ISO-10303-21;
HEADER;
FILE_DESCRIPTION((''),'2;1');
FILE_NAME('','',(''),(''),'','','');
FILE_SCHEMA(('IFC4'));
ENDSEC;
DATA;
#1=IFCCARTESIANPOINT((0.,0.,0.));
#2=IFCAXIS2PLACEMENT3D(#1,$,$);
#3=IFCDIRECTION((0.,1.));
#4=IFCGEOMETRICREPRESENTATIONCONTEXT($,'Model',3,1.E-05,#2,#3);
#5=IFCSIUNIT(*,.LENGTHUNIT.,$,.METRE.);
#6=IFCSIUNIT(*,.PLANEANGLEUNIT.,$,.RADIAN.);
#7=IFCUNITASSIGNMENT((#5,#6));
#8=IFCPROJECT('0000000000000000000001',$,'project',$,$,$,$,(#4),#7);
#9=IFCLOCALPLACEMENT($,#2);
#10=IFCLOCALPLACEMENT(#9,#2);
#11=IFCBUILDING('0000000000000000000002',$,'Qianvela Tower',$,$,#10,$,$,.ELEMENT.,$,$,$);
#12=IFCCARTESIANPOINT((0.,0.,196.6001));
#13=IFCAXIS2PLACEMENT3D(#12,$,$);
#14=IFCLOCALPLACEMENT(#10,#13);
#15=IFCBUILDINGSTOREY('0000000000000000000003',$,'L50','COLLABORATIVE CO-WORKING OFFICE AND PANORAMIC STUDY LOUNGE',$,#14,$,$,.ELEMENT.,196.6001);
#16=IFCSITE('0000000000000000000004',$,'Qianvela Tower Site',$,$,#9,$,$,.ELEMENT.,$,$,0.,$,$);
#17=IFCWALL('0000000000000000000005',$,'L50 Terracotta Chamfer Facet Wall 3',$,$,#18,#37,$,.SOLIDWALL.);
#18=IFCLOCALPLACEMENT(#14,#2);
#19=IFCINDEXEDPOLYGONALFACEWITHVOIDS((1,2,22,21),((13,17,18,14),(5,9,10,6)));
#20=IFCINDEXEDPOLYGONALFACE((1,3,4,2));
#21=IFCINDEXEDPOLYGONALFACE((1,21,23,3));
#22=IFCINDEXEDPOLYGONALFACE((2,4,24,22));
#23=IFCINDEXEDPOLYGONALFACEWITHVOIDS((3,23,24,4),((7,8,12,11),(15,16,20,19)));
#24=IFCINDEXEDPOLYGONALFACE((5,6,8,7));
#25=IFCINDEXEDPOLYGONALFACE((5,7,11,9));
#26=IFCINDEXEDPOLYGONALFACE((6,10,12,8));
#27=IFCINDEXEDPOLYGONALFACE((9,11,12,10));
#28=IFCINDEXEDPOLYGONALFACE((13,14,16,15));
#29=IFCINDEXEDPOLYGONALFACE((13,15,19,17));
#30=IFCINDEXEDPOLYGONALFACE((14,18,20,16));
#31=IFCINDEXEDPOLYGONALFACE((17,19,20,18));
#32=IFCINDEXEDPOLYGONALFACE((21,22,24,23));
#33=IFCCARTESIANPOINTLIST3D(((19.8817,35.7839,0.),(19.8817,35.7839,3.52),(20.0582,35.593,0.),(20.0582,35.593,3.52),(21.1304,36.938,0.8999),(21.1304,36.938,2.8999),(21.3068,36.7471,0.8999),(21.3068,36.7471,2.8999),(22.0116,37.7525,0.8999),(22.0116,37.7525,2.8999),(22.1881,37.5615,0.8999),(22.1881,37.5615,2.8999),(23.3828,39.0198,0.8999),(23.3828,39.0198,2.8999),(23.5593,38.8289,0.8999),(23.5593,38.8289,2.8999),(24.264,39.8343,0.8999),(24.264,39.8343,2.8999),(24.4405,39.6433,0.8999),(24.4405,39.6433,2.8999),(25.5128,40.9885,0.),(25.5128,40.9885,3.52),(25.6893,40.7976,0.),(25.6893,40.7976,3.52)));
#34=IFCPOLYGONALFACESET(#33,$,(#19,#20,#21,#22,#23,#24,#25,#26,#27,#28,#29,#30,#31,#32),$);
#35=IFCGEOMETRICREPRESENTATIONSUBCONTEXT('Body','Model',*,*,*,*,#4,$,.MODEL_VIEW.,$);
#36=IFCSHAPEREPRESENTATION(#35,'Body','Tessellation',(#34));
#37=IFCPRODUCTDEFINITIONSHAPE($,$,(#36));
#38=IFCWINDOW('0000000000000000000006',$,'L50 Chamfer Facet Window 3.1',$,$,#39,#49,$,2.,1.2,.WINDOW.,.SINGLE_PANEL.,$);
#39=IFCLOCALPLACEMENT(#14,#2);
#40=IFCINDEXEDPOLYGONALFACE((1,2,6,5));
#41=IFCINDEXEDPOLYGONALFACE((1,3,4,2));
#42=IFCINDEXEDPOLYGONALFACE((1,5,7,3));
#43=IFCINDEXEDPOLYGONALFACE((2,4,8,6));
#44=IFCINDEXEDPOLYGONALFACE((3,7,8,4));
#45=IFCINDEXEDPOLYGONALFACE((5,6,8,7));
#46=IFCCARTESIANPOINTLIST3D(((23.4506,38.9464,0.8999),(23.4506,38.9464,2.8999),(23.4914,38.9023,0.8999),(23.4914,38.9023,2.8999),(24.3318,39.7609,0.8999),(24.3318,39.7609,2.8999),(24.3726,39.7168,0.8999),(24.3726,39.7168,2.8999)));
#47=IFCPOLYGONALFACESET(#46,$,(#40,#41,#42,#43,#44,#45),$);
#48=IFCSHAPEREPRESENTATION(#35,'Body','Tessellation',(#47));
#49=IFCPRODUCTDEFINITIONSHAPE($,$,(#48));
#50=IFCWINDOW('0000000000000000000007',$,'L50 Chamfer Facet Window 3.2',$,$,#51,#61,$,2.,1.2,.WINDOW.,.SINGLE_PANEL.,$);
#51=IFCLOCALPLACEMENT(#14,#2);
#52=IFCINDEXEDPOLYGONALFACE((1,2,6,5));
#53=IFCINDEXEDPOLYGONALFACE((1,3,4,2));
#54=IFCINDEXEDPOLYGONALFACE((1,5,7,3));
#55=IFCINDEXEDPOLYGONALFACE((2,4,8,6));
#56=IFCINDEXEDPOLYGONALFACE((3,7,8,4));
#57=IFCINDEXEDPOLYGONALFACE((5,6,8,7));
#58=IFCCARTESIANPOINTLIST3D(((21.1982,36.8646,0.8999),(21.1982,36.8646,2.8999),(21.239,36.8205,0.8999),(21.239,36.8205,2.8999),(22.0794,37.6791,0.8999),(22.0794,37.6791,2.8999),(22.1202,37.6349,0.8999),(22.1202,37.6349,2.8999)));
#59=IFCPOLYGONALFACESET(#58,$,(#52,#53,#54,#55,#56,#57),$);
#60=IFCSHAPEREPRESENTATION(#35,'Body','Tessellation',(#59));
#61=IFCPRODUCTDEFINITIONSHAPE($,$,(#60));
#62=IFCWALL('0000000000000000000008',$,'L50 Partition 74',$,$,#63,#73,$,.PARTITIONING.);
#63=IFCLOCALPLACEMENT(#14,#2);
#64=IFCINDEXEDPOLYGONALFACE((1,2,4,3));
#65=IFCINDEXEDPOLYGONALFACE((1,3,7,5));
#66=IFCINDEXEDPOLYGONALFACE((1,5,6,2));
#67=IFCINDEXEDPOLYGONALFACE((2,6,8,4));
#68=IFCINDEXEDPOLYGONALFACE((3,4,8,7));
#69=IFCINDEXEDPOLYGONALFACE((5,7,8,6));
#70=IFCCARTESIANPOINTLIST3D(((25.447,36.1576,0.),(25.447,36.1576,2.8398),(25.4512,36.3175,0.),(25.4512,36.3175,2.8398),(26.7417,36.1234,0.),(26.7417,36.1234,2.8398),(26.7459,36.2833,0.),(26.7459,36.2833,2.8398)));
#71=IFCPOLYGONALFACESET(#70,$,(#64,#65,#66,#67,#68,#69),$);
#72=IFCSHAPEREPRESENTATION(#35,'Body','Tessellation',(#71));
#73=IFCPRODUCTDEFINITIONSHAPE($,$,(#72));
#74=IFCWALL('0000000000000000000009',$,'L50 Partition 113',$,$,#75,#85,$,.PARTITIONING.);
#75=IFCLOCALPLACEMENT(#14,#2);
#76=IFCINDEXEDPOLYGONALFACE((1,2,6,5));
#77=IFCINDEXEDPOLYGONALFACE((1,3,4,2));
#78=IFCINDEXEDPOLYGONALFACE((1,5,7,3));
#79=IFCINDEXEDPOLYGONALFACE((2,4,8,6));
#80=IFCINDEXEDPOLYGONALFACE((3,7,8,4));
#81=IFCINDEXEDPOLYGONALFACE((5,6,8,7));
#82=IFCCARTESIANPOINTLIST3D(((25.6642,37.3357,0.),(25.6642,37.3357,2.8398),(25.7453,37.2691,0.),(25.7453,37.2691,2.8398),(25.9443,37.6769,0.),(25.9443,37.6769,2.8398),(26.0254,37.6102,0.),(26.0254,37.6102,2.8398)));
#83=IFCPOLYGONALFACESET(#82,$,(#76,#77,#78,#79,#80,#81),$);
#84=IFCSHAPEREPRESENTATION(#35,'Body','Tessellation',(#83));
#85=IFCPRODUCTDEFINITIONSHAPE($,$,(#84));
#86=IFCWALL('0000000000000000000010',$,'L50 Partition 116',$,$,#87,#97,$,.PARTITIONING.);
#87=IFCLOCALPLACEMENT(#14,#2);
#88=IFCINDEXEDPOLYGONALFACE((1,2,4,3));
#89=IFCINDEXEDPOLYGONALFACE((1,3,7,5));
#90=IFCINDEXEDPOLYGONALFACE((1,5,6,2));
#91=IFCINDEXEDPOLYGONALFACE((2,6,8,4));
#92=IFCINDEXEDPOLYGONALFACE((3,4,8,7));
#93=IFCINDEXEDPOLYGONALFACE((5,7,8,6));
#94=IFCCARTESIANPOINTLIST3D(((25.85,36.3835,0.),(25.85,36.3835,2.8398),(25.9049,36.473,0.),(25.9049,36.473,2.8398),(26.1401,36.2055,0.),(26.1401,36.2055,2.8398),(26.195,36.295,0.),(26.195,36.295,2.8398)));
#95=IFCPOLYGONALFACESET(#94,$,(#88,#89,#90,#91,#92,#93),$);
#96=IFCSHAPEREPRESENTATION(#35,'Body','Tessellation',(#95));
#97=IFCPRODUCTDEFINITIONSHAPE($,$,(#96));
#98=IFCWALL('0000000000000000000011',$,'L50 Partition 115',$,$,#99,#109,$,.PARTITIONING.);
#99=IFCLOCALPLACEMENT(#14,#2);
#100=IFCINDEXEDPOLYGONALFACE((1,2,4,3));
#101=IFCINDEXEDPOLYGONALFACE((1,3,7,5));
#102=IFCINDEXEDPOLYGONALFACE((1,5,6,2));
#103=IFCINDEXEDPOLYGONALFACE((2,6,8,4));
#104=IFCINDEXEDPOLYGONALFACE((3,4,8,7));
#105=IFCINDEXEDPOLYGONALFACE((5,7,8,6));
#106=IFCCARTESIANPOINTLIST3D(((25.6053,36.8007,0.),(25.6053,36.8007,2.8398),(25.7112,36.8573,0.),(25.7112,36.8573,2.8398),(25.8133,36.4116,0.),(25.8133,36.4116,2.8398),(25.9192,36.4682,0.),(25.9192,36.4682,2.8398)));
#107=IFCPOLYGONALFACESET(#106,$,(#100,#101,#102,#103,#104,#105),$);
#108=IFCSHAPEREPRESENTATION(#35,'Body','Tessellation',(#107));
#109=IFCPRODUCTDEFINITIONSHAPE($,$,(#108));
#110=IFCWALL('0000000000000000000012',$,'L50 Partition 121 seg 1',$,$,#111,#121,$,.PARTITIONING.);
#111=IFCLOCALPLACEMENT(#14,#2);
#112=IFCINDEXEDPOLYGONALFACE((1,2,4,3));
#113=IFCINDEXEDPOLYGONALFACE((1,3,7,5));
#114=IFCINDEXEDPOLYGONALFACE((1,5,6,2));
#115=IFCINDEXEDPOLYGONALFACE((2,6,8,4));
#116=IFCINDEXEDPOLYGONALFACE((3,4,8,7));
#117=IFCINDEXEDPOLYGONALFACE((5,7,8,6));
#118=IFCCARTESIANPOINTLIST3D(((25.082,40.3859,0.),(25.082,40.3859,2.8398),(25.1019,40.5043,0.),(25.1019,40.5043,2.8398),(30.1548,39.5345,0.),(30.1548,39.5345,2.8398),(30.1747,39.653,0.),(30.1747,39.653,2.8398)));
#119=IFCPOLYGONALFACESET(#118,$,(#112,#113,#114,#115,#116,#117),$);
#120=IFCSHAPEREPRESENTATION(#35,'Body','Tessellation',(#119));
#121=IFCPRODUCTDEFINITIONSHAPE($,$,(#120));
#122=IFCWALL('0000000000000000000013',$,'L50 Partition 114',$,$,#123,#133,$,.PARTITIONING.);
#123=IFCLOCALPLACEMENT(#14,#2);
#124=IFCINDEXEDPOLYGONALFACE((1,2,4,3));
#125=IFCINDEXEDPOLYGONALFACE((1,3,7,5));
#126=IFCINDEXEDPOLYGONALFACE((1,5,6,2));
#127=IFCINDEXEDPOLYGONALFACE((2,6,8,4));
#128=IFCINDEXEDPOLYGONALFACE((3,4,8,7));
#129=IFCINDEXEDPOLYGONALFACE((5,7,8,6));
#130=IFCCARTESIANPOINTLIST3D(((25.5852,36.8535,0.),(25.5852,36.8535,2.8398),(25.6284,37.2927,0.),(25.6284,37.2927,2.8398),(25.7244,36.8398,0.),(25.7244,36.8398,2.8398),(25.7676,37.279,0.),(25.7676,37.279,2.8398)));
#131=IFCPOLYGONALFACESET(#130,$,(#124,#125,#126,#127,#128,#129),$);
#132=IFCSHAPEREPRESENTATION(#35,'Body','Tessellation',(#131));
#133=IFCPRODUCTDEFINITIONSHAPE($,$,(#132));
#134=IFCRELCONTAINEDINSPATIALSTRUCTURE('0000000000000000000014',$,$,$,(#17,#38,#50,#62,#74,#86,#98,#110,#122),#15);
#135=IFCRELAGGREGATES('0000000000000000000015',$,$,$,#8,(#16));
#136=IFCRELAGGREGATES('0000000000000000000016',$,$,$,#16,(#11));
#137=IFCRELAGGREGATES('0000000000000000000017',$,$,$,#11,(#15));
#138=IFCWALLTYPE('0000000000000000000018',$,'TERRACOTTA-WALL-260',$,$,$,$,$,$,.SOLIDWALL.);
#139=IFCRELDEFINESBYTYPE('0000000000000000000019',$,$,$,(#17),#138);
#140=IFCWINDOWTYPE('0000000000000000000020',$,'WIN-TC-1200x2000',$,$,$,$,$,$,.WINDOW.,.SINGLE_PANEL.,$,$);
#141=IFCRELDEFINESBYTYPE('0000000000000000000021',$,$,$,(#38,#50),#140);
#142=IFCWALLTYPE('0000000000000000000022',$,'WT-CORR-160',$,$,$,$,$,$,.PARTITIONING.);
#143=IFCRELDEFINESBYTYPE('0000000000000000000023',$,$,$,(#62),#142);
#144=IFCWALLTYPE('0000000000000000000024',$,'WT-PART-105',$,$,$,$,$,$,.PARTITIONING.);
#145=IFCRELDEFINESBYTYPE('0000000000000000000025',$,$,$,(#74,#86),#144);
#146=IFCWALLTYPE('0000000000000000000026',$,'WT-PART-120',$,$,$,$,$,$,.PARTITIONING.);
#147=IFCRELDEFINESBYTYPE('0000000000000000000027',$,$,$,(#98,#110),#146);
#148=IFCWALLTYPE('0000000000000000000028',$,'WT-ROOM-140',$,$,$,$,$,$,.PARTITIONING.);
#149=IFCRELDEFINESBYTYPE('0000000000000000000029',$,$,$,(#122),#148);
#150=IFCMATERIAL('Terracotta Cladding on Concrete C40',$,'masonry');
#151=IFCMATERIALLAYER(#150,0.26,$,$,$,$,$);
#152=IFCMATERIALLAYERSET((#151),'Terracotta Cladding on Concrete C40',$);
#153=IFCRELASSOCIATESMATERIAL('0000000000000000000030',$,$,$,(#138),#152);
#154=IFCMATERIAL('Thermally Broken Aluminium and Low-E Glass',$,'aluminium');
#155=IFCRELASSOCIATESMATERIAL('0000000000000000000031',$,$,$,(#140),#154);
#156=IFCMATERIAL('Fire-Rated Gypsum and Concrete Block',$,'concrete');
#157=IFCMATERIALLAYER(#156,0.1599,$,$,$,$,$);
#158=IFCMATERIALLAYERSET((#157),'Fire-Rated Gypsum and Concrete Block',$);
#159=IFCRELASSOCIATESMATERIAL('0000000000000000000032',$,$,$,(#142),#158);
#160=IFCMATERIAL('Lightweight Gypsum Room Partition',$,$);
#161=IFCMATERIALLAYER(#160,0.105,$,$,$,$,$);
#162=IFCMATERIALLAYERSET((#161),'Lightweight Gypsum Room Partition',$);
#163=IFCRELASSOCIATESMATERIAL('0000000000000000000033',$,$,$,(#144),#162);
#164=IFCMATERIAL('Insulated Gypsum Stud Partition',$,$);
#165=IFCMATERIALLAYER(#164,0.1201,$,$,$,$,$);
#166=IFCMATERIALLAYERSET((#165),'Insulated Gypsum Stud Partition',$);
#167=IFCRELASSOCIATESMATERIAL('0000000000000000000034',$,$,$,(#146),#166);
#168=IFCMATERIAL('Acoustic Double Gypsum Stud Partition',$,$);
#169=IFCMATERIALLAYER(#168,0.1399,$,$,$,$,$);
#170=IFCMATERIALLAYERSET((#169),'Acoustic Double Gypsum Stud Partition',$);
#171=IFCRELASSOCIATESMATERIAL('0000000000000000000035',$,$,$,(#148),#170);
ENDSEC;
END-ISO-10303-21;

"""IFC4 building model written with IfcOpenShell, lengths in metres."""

from ifc_helpers import new_model, si_unit, direction, frame, frame_2d, origin, place, context, subcontext, project, spatial, rectangle, extrude, material, layer, layer_set, type_object, element, fill, save


model = new_model("IFC4")

# Units and contexts
model_context = context("Model", 3, precision=1e-05, world=origin(), true_north=direction((0.0, 1.0)))
body_context = subcontext(model_context, "Body", "Model", "MODEL_VIEW")
ifc_project = project(units=[si_unit("LENGTHUNIT", "METRE"), si_unit("PLANEANGLEUNIT", "RADIAN")], contexts=[model_context])

# Site, building, storey
site_placement = place(None, origin())
site = spatial("IfcSite", under=ifc_project, at=site_placement, Name="Qianvela Tower Site", CompositionType="ELEMENT", RefElevation=0.0)
building_placement = place(site_placement, origin())
building = spatial("IfcBuilding", under=site, at=building_placement, Name="Qianvela Tower", CompositionType="ELEMENT")
storey_placement = place(building_placement, frame((0.0, 0.0, 196.6001)))
storey = spatial("IfcBuildingStorey", under=building, at=storey_placement, Name="L50", Description="COLLABORATIVE CO-WORKING OFFICE AND PANORAMIC STUDY LOUNGE", CompositionType="ELEMENT", Elevation=196.6001)

# Wall, openings, windows
ifc_material_1 = material(Name="Terracotta Cladding on Concrete C40", Category="masonry")
ifc_layer_1 = layer(ifc_material_1, 0.26)
ifc_layer_set_1 = layer_set([ifc_layer_1], Name="Terracotta Cladding on Concrete C40")
wall_type_1 = type_object("IfcWallType", Name="TERRACOTTA-WALL-260", PredefinedType="SOLIDWALL", material=ifc_layer_set_1)
wall_1_placement = place(storey_placement, frame((25.6011, 40.8931, 0.0), z_axis=(0.0, 0.0, 1.0), x_axis=(-0.734371, -0.678748, 0.0)))
wall_1 = element("IfcWall", 1, at=wall_1_placement, inside=storey, type_object=wall_type_1, Name="L50 Terracotta Chamfer Facet Wall 3", PredefinedType="SOLIDWALL", context=body_context, shape_type="SweptSolid", body=[
    extrude(rectangle(XDim=7.668, YDim=0.26, at=frame_2d((3.834, 0.0))), origin(), (0.0, 0.0, 1.0), 3.52),
])
opening_1_placement = place(wall_1_placement, frame((1.7004, 0.0, 0.8999)))
opening_1 = element("IfcOpeningElement", 2, at=opening_1_placement, cuts=wall_1, PredefinedType="OPENING", context=body_context, shape_type="SweptSolid", body=[
    extrude(rectangle(XDim=1.2, YDim=2.0, at=frame_2d((0.6001, 1.0))), frame((0.0, 0.1399, 0.0), z_axis=(0.0, -1.0, 0.0), x_axis=(1.0, 0.0, 0.0)), (0.0, 0.0, 1.0), 0.28),
])
opening_2_placement = place(wall_1_placement, frame((4.7676, 0.0, 0.8999)))
opening_2 = element("IfcOpeningElement", 3, at=opening_2_placement, cuts=wall_1, PredefinedType="OPENING", context=body_context, shape_type="SweptSolid", body=[
    extrude(rectangle(XDim=1.2, YDim=2.0, at=frame_2d((0.6001, 1.0))), frame((0.0, 0.1399, 0.0), z_axis=(0.0, -1.0, 0.0), x_axis=(1.0, 0.0, 0.0)), (0.0, 0.0, 1.0), 0.28),
])
ifc_material_2 = material(Name="Thermally Broken Aluminium and Low-E Glass", Category="aluminium")
window_type = type_object("IfcWindowType", Name="WIN-TC-1200x2000", PartitioningType="SINGLE_PANEL", PredefinedType="WINDOW", material=ifc_material_2)
window_1_placement = place(opening_1_placement, origin())
window_1 = element("IfcWindow", 4, at=window_1_placement, inside=storey, type_object=window_type, Name="L50 Chamfer Facet Window 3.1", OverallHeight=2.0, OverallWidth=1.2, PartitioningType="SINGLE_PANEL", PredefinedType="WINDOW", context=body_context, shape_type="SweptSolid", body=[
    extrude(rectangle(XDim=1.2, YDim=2.0, at=frame_2d((0.6001, 1.0))), frame((0.0, 0.03, 0.0), z_axis=(0.0, -1.0, 0.0), x_axis=(1.0, 0.0, 0.0)), (0.0, 0.0, 1.0), 0.0601),
])
fill(opening_1, window_1)
window_2_placement = place(opening_2_placement, origin())
window_2 = element("IfcWindow", 5, at=window_2_placement, inside=storey, type_object=window_type, Name="L50 Chamfer Facet Window 3.2", OverallHeight=2.0, OverallWidth=1.2, PartitioningType="SINGLE_PANEL", PredefinedType="WINDOW", context=body_context, shape_type="SweptSolid", body=[
    extrude(rectangle(XDim=1.2, YDim=2.0, at=frame_2d((0.6001, 1.0))), frame((0.0, 0.03, 0.0), z_axis=(0.0, -1.0, 0.0), x_axis=(1.0, 0.0, 0.0)), (0.0, 0.0, 1.0), 0.0601),
])
fill(opening_2, window_2)

# Walls
ifc_material_3 = material(Name="Fire-Rated Gypsum and Concrete Block", Category="concrete")
ifc_layer_2 = layer(ifc_material_3, 0.1599)
ifc_layer_set_2 = layer_set([ifc_layer_2], Name="Fire-Rated Gypsum and Concrete Block")
wall_type_2 = type_object("IfcWallType", Name="WT-CORR-160", PredefinedType="PARTITIONING", material=ifc_layer_set_2)
wall_2_placement = place(storey_placement, frame((25.4492, 36.2375, 0.0), z_axis=(0.0, 0.0, 1.0), x_axis=(0.999652, -0.026391, 0.0)))
element("IfcWall", 6, at=wall_2_placement, inside=storey, type_object=wall_type_2, Name="L50 Partition 74", PredefinedType="PARTITIONING", context=body_context, shape_type="SweptSolid", body=[
    extrude(rectangle(XDim=1.2952, YDim=0.1599, at=frame_2d((0.6475, 0.0))), origin(), (0.0, 0.0, 1.0), 2.8398),
])
ifc_material_4 = material(Name="Lightweight Gypsum Room Partition")
ifc_layer_3 = layer(ifc_material_4, 0.105)
ifc_layer_set_3 = layer_set([ifc_layer_3], Name="Lightweight Gypsum Room Partition")
wall_type_3 = type_object("IfcWallType", Name="WT-PART-105", PredefinedType="PARTITIONING", material=ifc_layer_set_3)
wall_3_placement = place(storey_placement, frame((25.9849, 37.6436, 0.0), z_axis=(0.0, 0.0, 1.0), x_axis=(-0.634562, -0.772872, 0.0)))
element("IfcWall", 7, at=wall_3_placement, inside=storey, type_object=wall_type_3, Name="L50 Partition 113", PredefinedType="PARTITIONING", context=body_context, shape_type="SweptSolid", body=[
    extrude(rectangle(XDim=0.4414, YDim=0.105, at=frame_2d((0.2207, 0.0))), origin(), (0.0, 0.0, 1.0), 2.8398),
])
wall_4_placement = place(storey_placement, frame((25.8774, 36.4282, 0.0), z_axis=(0.0, 0.0, 1.0), x_axis=(0.852323, -0.523016, 0.0)))
element("IfcWall", 8, at=wall_4_placement, inside=storey, type_object=wall_type_3, Name="L50 Partition 116", PredefinedType="PARTITIONING", context=body_context, shape_type="SweptSolid", body=[
    extrude(rectangle(XDim=0.3403, YDim=0.105, at=frame_2d((0.1702, 0.0))), origin(), (0.0, 0.0, 1.0), 2.8398),
])
ifc_material_5 = material(Name="Insulated Gypsum Stud Partition")
ifc_layer_4 = layer(ifc_material_5, 0.1201)
ifc_layer_set_4 = layer_set([ifc_layer_4], Name="Insulated Gypsum Stud Partition")
wall_type_4 = type_object("IfcWallType", Name="WT-PART-120", PredefinedType="PARTITIONING", material=ifc_layer_set_4)
wall_5_placement = place(storey_placement, frame((25.6582, 36.8291, 0.0), z_axis=(0.0, 0.0, 1.0), x_axis=(0.471392, -0.881924, 0.0)))
element("IfcWall", 9, at=wall_5_placement, inside=storey, type_object=wall_type_4, Name="L50 Partition 115", PredefinedType="PARTITIONING", context=body_context, shape_type="SweptSolid", body=[
    extrude(rectangle(XDim=0.4412, YDim=0.1201, at=frame_2d((0.2207, 0.0))), origin(), (0.0, 0.0, 1.0), 2.8398),
])
wall_6_placement = place(storey_placement, frame((25.092, 40.4451, 0.0), z_axis=(0.0, 0.0, 1.0), x_axis=(0.986209, -0.165507, 0.0)))
element("IfcWall", 10, at=wall_6_placement, inside=storey, type_object=wall_type_4, Name="L50 Partition 121 seg 1", PredefinedType="PARTITIONING", context=body_context, shape_type="SweptSolid", body=[
    extrude(rectangle(XDim=5.1438, YDim=0.1201, at=frame_2d((2.5718, 0.0))), origin(), (0.0, 0.0, 1.0), 2.8398),
])
ifc_material_6 = material(Name="Acoustic Double Gypsum Stud Partition")
ifc_layer_5 = layer(ifc_material_6, 0.1399)
ifc_layer_set_5 = layer_set([ifc_layer_5], Name="Acoustic Double Gypsum Stud Partition")
wall_type_5 = type_object("IfcWallType", Name="WT-ROOM-140", PredefinedType="PARTITIONING", material=ifc_layer_set_5)
wall_7_placement = place(storey_placement, frame((25.698, 37.2859, 0.0), z_axis=(0.0, 0.0, 1.0), x_axis=(-0.097915, -0.995195, 0.0)))
element("IfcWall", 11, at=wall_7_placement, inside=storey, type_object=wall_type_5, Name="L50 Partition 114", PredefinedType="PARTITIONING", context=body_context, shape_type="SweptSolid", body=[
    extrude(rectangle(XDim=0.4414, YDim=0.1399, at=frame_2d((0.2207, 0.0))), origin(), (0.0, 0.0, 1.0), 2.8398),
])

save(model, "model.ifc")
